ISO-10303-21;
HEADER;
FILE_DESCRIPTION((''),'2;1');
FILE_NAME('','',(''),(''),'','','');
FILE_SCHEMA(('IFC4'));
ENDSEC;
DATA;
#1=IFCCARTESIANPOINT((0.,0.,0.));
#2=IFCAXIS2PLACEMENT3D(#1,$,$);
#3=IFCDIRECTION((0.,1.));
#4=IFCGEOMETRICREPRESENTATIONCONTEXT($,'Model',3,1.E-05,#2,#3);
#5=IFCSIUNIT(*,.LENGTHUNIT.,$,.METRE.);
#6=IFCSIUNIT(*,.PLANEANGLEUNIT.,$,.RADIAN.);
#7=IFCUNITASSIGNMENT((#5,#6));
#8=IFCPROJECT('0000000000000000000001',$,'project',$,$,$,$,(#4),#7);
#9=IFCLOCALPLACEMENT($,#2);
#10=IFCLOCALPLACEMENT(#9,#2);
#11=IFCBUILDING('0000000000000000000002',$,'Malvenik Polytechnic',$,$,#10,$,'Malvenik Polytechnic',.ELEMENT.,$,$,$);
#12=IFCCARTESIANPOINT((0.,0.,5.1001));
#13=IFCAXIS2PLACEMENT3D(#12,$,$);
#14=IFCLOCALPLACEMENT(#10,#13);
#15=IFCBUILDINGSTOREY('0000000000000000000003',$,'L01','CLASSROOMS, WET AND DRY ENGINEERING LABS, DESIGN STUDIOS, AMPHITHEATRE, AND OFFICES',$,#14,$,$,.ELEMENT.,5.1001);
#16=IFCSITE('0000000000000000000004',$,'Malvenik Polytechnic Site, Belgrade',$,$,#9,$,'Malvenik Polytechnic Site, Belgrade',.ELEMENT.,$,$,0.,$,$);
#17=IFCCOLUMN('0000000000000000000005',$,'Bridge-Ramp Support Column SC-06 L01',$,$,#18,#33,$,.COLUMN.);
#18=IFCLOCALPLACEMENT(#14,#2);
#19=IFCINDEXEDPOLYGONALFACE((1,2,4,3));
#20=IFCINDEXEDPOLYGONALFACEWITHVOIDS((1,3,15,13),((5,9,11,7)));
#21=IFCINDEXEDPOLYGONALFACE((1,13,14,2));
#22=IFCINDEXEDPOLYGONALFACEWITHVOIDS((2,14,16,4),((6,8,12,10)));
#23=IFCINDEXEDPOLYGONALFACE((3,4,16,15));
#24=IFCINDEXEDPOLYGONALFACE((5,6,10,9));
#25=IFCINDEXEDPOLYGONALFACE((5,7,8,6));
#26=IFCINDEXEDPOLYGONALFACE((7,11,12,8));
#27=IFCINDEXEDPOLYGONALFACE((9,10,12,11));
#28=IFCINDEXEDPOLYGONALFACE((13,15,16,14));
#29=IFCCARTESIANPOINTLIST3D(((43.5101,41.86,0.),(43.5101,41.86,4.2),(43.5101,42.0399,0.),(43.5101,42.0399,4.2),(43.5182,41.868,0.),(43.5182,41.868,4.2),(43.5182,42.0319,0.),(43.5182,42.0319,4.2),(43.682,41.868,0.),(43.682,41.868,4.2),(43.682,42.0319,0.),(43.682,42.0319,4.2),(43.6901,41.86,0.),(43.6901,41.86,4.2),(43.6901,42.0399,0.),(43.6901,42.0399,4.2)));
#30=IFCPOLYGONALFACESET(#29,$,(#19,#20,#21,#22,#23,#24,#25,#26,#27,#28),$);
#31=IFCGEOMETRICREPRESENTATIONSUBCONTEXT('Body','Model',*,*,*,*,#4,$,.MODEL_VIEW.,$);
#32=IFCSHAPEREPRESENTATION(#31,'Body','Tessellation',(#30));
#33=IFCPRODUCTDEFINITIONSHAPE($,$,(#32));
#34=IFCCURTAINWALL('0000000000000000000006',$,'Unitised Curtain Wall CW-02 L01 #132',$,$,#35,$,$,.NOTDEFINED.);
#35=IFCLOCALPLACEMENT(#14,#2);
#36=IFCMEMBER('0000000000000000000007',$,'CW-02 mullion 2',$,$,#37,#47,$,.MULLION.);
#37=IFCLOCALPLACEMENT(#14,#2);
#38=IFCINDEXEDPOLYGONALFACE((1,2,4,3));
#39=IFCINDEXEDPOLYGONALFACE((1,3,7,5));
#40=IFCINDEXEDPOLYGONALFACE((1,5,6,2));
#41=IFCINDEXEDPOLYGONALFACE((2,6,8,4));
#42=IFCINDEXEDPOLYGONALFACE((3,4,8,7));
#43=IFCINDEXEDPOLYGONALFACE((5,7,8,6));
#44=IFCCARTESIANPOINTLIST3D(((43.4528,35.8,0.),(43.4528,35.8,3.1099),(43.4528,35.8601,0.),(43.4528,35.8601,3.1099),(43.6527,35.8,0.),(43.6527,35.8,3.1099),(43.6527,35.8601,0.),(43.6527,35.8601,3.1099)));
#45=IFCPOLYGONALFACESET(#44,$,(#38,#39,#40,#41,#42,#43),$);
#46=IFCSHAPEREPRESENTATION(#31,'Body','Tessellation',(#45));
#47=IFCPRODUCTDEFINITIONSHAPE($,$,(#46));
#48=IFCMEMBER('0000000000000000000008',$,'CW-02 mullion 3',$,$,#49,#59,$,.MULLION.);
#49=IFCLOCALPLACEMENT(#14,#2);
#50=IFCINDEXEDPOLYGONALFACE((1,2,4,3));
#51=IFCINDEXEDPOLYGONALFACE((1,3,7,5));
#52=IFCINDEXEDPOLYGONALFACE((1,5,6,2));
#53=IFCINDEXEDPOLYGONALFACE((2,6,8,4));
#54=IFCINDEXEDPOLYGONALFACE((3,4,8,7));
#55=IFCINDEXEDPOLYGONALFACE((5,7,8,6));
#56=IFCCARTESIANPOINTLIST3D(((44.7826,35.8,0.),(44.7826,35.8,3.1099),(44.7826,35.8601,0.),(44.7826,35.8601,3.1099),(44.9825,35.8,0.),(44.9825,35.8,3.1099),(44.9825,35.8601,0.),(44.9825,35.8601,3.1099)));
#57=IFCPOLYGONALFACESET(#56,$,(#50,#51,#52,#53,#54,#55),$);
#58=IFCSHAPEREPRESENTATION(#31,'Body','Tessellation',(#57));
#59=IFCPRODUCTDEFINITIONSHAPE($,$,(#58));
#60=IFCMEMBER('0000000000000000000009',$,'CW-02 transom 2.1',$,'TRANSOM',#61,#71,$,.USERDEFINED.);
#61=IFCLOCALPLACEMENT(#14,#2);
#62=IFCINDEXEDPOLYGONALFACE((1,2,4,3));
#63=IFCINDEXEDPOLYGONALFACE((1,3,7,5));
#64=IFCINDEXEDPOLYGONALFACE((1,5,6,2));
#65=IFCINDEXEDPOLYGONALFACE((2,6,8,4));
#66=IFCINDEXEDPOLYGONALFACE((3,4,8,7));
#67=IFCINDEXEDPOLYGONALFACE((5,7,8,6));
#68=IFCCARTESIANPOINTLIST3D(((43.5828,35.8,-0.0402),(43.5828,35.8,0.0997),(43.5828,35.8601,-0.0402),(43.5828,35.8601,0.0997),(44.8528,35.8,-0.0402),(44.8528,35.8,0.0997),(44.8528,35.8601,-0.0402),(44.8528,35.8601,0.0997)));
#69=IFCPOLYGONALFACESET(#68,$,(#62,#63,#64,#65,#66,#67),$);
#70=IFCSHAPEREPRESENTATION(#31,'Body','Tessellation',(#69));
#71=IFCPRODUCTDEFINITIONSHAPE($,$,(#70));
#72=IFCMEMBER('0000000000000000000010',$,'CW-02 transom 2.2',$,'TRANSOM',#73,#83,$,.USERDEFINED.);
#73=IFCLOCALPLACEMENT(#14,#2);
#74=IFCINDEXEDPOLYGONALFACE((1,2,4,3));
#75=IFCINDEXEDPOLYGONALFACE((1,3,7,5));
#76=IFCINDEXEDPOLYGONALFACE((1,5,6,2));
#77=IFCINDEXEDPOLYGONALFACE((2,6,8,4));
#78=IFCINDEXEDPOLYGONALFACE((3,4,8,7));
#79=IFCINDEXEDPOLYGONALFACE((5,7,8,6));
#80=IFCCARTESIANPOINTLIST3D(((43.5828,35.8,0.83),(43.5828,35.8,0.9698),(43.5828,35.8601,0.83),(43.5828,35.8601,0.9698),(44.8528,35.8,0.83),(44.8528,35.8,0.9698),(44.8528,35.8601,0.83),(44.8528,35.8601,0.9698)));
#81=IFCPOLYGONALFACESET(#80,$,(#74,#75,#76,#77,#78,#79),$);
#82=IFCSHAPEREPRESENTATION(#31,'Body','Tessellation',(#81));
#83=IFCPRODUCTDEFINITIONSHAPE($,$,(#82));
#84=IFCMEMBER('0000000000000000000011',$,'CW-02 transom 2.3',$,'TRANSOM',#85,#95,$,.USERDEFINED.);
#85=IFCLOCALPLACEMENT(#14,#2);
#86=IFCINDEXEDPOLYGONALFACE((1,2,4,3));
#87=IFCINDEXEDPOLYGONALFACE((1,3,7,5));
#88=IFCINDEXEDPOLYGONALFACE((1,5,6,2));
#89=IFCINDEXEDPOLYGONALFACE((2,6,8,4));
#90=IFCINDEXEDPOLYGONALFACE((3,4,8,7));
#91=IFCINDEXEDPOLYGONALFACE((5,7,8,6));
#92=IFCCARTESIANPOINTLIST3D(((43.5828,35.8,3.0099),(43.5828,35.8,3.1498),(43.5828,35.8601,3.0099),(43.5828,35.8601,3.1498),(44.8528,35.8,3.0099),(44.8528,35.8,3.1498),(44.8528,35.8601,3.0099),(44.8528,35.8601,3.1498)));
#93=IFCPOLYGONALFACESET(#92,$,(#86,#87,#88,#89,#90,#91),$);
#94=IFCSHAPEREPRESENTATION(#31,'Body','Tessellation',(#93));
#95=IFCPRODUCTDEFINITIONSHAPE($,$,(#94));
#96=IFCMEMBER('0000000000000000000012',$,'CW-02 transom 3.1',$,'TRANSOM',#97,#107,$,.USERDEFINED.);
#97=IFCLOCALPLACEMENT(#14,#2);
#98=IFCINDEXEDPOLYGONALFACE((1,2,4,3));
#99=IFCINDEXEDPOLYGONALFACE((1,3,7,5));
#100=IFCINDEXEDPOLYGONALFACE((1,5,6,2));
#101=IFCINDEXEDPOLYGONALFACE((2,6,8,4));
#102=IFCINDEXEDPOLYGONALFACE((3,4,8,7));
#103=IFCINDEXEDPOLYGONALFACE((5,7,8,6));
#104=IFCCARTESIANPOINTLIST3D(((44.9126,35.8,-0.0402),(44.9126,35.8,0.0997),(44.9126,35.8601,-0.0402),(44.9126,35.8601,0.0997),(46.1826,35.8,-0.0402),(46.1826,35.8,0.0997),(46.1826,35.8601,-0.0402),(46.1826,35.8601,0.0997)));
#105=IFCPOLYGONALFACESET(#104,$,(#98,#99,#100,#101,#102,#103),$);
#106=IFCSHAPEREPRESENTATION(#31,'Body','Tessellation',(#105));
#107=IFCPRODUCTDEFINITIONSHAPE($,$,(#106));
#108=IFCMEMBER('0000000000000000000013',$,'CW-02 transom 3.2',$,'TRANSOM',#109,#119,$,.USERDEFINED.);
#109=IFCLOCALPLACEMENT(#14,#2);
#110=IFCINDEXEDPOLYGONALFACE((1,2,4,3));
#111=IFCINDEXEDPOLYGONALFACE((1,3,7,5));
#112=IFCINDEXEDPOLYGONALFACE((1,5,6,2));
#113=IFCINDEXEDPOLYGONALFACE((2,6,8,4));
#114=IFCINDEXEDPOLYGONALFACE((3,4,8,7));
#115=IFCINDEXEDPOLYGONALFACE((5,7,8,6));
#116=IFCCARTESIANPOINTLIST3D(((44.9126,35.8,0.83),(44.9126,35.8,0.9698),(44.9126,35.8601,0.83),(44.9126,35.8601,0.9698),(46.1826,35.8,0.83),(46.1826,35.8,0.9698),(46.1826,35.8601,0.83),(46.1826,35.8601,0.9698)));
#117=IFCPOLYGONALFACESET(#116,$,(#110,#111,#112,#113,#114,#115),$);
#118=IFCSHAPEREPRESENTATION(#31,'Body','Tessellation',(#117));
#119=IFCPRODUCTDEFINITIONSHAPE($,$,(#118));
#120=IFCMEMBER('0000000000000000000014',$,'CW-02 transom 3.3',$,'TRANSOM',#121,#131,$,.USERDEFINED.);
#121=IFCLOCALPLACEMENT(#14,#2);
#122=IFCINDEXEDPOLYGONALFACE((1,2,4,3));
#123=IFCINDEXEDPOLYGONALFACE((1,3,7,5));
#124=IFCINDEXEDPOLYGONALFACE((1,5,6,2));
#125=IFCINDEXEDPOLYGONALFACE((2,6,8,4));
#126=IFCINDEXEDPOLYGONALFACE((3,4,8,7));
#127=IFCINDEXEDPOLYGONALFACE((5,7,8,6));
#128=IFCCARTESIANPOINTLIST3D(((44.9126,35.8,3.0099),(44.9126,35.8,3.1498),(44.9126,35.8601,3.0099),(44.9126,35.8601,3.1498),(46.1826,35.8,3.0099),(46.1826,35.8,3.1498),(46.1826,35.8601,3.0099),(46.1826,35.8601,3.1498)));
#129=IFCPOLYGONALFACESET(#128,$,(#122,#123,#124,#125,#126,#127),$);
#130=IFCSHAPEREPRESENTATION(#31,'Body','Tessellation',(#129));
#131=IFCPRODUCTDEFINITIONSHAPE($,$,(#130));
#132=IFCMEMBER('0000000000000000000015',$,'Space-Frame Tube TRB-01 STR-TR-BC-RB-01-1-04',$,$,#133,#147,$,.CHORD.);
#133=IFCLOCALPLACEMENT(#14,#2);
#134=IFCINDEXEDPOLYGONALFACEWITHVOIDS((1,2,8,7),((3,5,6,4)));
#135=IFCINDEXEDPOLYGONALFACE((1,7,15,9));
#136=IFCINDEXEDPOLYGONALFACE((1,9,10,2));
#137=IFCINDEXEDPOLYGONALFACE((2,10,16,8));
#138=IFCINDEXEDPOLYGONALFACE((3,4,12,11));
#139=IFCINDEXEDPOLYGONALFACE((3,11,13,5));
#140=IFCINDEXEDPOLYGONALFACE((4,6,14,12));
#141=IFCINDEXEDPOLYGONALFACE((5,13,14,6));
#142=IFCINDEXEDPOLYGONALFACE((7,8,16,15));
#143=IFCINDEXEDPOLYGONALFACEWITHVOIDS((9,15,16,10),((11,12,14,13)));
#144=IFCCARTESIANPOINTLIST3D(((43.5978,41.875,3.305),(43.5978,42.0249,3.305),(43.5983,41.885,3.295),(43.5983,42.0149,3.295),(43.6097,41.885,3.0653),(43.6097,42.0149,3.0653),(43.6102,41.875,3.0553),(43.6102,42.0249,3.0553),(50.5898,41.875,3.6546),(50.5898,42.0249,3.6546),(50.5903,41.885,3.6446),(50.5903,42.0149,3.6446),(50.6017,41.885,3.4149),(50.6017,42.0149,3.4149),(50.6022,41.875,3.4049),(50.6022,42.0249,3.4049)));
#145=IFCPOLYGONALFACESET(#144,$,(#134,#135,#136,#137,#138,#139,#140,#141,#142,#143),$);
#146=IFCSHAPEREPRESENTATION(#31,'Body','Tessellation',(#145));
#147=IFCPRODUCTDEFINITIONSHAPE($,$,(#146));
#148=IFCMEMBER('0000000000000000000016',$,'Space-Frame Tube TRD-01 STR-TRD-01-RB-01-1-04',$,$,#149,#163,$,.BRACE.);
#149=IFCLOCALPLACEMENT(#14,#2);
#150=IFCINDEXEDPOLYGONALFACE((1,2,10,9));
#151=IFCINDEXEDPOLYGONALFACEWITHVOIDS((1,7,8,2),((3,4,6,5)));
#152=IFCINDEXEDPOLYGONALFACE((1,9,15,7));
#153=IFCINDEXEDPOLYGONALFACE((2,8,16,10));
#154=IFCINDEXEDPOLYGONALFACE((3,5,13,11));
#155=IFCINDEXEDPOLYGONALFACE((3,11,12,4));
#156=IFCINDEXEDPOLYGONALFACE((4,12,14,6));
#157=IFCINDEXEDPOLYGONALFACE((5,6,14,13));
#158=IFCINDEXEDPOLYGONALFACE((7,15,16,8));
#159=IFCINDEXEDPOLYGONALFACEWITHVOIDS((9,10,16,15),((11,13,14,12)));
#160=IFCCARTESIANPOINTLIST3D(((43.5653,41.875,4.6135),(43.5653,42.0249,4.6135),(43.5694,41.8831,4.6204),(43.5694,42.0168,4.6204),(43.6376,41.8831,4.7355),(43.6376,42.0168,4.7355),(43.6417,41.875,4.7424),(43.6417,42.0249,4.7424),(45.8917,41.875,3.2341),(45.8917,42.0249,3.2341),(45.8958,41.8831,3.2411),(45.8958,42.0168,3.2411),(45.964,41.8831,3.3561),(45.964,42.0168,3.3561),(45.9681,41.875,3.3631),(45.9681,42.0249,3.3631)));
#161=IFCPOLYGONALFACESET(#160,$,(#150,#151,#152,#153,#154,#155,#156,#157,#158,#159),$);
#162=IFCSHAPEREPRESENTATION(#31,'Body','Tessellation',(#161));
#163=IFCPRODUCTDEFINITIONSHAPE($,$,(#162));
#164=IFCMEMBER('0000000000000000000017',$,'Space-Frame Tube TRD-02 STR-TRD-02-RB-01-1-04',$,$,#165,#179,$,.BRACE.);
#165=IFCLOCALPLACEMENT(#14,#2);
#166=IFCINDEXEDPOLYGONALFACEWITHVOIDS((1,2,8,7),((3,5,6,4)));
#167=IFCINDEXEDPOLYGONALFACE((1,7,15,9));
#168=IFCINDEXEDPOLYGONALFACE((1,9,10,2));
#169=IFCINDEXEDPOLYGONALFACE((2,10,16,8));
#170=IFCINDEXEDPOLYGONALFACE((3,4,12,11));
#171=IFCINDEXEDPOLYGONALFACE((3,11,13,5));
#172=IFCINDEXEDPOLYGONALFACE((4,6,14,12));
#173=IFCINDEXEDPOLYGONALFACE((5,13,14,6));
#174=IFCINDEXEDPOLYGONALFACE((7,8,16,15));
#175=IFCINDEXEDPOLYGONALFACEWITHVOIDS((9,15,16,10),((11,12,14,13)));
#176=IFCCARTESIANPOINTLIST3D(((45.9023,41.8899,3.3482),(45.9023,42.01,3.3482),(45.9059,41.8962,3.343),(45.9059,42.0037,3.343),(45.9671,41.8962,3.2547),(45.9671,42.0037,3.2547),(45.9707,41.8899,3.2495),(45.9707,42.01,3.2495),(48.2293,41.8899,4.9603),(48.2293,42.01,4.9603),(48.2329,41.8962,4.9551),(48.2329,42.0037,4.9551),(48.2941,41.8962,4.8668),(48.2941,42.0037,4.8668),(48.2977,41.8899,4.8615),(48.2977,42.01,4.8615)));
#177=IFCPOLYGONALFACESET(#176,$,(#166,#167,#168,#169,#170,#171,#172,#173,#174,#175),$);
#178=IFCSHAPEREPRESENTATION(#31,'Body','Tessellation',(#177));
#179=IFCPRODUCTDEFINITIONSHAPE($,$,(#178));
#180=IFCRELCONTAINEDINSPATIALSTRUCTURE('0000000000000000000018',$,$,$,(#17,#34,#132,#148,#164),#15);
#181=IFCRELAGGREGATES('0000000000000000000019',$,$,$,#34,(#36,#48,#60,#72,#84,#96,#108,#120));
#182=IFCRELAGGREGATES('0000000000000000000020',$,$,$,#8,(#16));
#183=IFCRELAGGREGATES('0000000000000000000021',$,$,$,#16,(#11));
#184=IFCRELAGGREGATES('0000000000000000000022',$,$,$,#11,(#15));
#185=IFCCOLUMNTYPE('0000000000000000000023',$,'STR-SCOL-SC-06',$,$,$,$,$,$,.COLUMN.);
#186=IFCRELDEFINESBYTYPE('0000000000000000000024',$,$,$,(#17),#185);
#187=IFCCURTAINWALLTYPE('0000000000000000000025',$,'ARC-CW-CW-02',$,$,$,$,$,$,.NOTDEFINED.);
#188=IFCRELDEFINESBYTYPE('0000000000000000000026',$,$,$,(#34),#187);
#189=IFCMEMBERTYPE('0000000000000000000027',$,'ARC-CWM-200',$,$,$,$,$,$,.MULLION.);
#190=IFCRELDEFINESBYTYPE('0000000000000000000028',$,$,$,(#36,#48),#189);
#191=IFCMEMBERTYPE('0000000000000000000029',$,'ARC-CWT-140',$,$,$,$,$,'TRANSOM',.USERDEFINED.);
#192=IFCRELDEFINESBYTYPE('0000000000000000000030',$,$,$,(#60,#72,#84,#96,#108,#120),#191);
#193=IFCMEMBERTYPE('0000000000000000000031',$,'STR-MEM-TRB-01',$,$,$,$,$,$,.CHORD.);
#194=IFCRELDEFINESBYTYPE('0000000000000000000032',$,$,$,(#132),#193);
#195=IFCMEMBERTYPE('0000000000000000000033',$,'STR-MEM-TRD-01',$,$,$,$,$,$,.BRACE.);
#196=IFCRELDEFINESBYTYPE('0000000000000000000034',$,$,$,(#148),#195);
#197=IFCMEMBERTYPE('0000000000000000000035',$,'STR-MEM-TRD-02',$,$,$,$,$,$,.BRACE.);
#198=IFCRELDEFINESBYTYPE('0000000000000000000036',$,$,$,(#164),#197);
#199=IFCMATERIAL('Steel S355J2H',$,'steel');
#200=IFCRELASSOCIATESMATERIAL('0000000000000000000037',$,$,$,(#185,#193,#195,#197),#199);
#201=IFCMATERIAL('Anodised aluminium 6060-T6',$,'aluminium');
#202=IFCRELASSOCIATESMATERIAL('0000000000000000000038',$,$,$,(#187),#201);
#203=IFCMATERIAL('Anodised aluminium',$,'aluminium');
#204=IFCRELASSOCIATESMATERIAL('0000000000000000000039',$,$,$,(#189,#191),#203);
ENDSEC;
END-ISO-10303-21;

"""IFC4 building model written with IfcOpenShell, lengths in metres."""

from ifc_helpers import new_model, si_unit, direction, frame, origin, origin_2d, place, context, subcontext, project, spatial, rectangle, hollow_rectangle, extrude, material, material_profile, profile_set, type_object, element, aggregate, save


model = new_model("IFC4")

# Units and contexts
model_context = context("Model", 3, precision=1e-05, world=origin(), true_north=direction((0.0, 1.0)))
body_context = subcontext(model_context, "Body", "Model", "MODEL_VIEW")
ifc_project = project(units=[si_unit("LENGTHUNIT", "METRE"), si_unit("PLANEANGLEUNIT", "RADIAN")], contexts=[model_context])

# Site, building, storey
site_placement = place(None, origin())
site = spatial("IfcSite", under=ifc_project, at=site_placement, Name="Malvenik Polytechnic Site, Belgrade", LongName="Malvenik Polytechnic Site, Belgrade", CompositionType="ELEMENT", RefElevation=0.0)
building_placement = place(site_placement, origin())
building = spatial("IfcBuilding", under=site, at=building_placement, Name="Malvenik Polytechnic", LongName="Malvenik Polytechnic", CompositionType="ELEMENT")
storey_placement = place(building_placement, frame((0.0, 0.0, 5.1001)))
storey = spatial("IfcBuildingStorey", under=building, at=storey_placement, Name="L01", Description="CLASSROOMS, WET AND DRY ENGINEERING LABS, DESIGN STUDIOS, AMPHITHEATRE, AND OFFICES", CompositionType="ELEMENT", Elevation=5.1001)

# Column
ifc_material_1 = material(Name="Steel S355J2H", Category="steel")
ifc_material_profile_1 = material_profile(ifc_material_1, hollow_rectangle(XDim=0.1799, YDim=0.1799, WallThickness=0.0081, at=origin_2d()), Name="SHS 180x180x8.0")
ifc_profile_set_1 = profile_set([ifc_material_profile_1], Name="Steel S355J2H")
column_type = type_object("IfcColumnType", Name="STR-SCOL-SC-06", PredefinedType="COLUMN", material=ifc_profile_set_1)
column_placement = place(storey_placement, frame((43.6001, 41.95, 0.0), z_axis=(0.0, 0.0, 1.0), x_axis=(1.0, 0.0, 0.0)))
element("IfcColumn", 1, at=column_placement, inside=storey, type_object=column_type, Name="Bridge-Ramp Support Column SC-06 L01", PredefinedType="COLUMN", context=body_context, shape_type="SweptSolid", body=[
    extrude(hollow_rectangle(XDim=0.1799, YDim=0.1799, WallThickness=0.0081, at=origin_2d()), origin(), (0.0, 0.0, 1.0), 4.2),
])

# Curtain wall, members
ifc_material_2 = material(Name="Anodised aluminium 6060-T6", Category="aluminium")
curtain_wall_type = type_object("IfcCurtainWallType", Name="ARC-CW-CW-02", PredefinedType="NOTDEFINED", material=ifc_material_2)
curtain_wall_placement = place(storey_placement, origin())
curtain_wall = element("IfcCurtainWall", 2, at=curtain_wall_placement, inside=storey, type_object=curtain_wall_type, Name="Unitised Curtain Wall CW-02 L01 #132", PredefinedType="NOTDEFINED")
ifc_material_3 = material(Name="Anodised aluminium", Category="aluminium")
ifc_material_profile_2 = material_profile(ifc_material_3, rectangle(XDim=0.0601, YDim=0.2, at=origin_2d()), Name="ALU MULLION 60x200")
ifc_profile_set_2 = profile_set([ifc_material_profile_2], Name="Anodised aluminium")
member_type_1 = type_object("IfcMemberType", Name="ARC-CWM-200", PredefinedType="MULLION", material=ifc_profile_set_2)
member_1_placement = place(storey_placement, frame((43.5527, 35.8301, 0.0), z_axis=(0.0, 0.0, 1.0), x_axis=(0.0, 1.0, 0.0)))
member_1 = element("IfcMember", 3, at=member_1_placement, type_object=member_type_1, Name="CW-02 mullion 2", PredefinedType="MULLION", context=body_context, shape_type="SweptSolid", body=[
    extrude(rectangle(XDim=0.0601, YDim=0.2, at=origin_2d()), origin(), (0.0, 0.0, 1.0), 3.1099),
])
member_2_placement = place(storey_placement, frame((44.8826, 35.8301, 0.0), z_axis=(0.0, 0.0, 1.0), x_axis=(0.0, 1.0, 0.0)))
member_2 = element("IfcMember", 4, at=member_2_placement, type_object=member_type_1, Name="CW-02 mullion 3", PredefinedType="MULLION", context=body_context, shape_type="SweptSolid", body=[
    extrude(rectangle(XDim=0.0601, YDim=0.2, at=origin_2d()), origin(), (0.0, 0.0, 1.0), 3.1099),
])
ifc_material_profile_3 = material_profile(ifc_material_3, rectangle(XDim=0.0601, YDim=0.1399, at=origin_2d()), Name="ALU TRANSOM 60x140")
ifc_profile_set_3 = profile_set([ifc_material_profile_3], Name="Anodised aluminium")
member_type_2 = type_object("IfcMemberType", Name="ARC-CWT-140", ElementType="TRANSOM", PredefinedType="USERDEFINED", material=ifc_profile_set_3)
member_3_placement = place(storey_placement, frame((43.5828, 35.8301, 0.0298), z_axis=(1.0, 0.0, 0.0), x_axis=(0.0, 1.0, 0.0)))
member_3 = element("IfcMember", 5, at=member_3_placement, type_object=member_type_2, Name="CW-02 transom 2.1", ObjectType="TRANSOM", PredefinedType="USERDEFINED", context=body_context, shape_type="SweptSolid", body=[
    extrude(rectangle(XDim=0.0601, YDim=0.1399, at=origin_2d()), origin(), (0.0, 0.0, 1.0), 1.27),
])
member_4_placement = place(storey_placement, frame((43.5828, 35.8301, 0.8999), z_axis=(1.0, 0.0, 0.0), x_axis=(0.0, 1.0, 0.0)))
member_4 = element("IfcMember", 6, at=member_4_placement, type_object=member_type_2, Name="CW-02 transom 2.2", ObjectType="TRANSOM", PredefinedType="USERDEFINED", context=body_context, shape_type="SweptSolid", body=[
    extrude(rectangle(XDim=0.0601, YDim=0.1399, at=origin_2d()), origin(), (0.0, 0.0, 1.0), 1.27),
])
member_5_placement = place(storey_placement, frame((43.5828, 35.8301, 3.0798), z_axis=(1.0, 0.0, 0.0), x_axis=(0.0, 1.0, 0.0)))
member_5 = element("IfcMember", 7, at=member_5_placement, type_object=member_type_2, Name="CW-02 transom 2.3", ObjectType="TRANSOM", PredefinedType="USERDEFINED", context=body_context, shape_type="SweptSolid", body=[
    extrude(rectangle(XDim=0.0601, YDim=0.1399, at=origin_2d()), origin(), (0.0, 0.0, 1.0), 1.27),
])
member_6_placement = place(storey_placement, frame((44.9126, 35.8301, 0.0298), z_axis=(1.0, 0.0, 0.0), x_axis=(0.0, 1.0, 0.0)))
member_6 = element("IfcMember", 8, at=member_6_placement, type_object=member_type_2, Name="CW-02 transom 3.1", ObjectType="TRANSOM", PredefinedType="USERDEFINED", context=body_context, shape_type="SweptSolid", body=[
    extrude(rectangle(XDim=0.0601, YDim=0.1399, at=origin_2d()), origin(), (0.0, 0.0, 1.0), 1.27),
])
member_7_placement = place(storey_placement, frame((44.9126, 35.8301, 0.8999), z_axis=(1.0, 0.0, 0.0), x_axis=(0.0, 1.0, 0.0)))
member_7 = element("IfcMember", 9, at=member_7_placement, type_object=member_type_2, Name="CW-02 transom 3.2", ObjectType="TRANSOM", PredefinedType="USERDEFINED", context=body_context, shape_type="SweptSolid", body=[
    extrude(rectangle(XDim=0.0601, YDim=0.1399, at=origin_2d()), origin(), (0.0, 0.0, 1.0), 1.27),
])
member_8_placement = place(storey_placement, frame((44.9126, 35.8301, 3.0798), z_axis=(1.0, 0.0, 0.0), x_axis=(0.0, 1.0, 0.0)))
member_8 = element("IfcMember", 10, at=member_8_placement, type_object=member_type_2, Name="CW-02 transom 3.3", ObjectType="TRANSOM", PredefinedType="USERDEFINED", context=body_context, shape_type="SweptSolid", body=[
    extrude(rectangle(XDim=0.0601, YDim=0.1399, at=origin_2d()), origin(), (0.0, 0.0, 1.0), 1.27),
])

# Members
ifc_material_profile_4 = material_profile(ifc_material_1, hollow_rectangle(XDim=0.1499, YDim=0.25, WallThickness=0.01, at=origin_2d()), Name="RHS 250x150x10.0")
ifc_profile_set_4 = profile_set([ifc_material_profile_4], Name="Steel S355J2H")
member_type_3 = type_object("IfcMemberType", Name="STR-MEM-TRB-01", PredefinedType="CHORD", material=ifc_profile_set_4)
member_9_placement = place(storey_placement, frame((43.604, 41.95, 3.1802), z_axis=(0.998752, 0.0, 0.049939), x_axis=(0.0, 1.0, 0.0)))
element("IfcMember", 11, at=member_9_placement, inside=storey, type_object=member_type_3, Name="Space-Frame Tube TRB-01 STR-TR-BC-RB-01-1-04", PredefinedType="CHORD", context=body_context, shape_type="SweptSolid", body=[
    extrude(hollow_rectangle(XDim=0.1499, YDim=0.25, WallThickness=0.01, at=origin_2d()), origin(), (0.0, 0.0, 1.0), 7.0007),
])
ifc_material_profile_5 = material_profile(ifc_material_1, hollow_rectangle(XDim=0.1499, YDim=0.1499, WallThickness=0.0081, at=origin_2d()), Name="SHS 150x150x8.0")
ifc_profile_set_5 = profile_set([ifc_material_profile_5], Name="Steel S355J2H")
member_type_4 = type_object("IfcMemberType", Name="STR-MEM-TRD-01", PredefinedType="BRACE", material=ifc_profile_set_5)
member_10_placement = place(storey_placement, frame((43.6035, 41.95, 4.678), z_axis=(0.860165, 0.0, -0.510015), x_axis=(0.0, 1.0, 0.0)))
element("IfcMember", 12, at=member_10_placement, inside=storey, type_object=member_type_4, Name="Space-Frame Tube TRD-01 STR-TRD-01-RB-01-1-04", PredefinedType="BRACE", context=body_context, shape_type="SweptSolid", body=[
    extrude(hollow_rectangle(XDim=0.1499, YDim=0.1499, WallThickness=0.0081, at=origin_2d()), origin(), (0.0, 0.0, 1.0), 2.7046),
])
ifc_material_profile_6 = material_profile(ifc_material_1, hollow_rectangle(XDim=0.1201, YDim=0.1201, WallThickness=0.0063, at=origin_2d()), Name="SHS 120x120x6.3")
ifc_profile_set_6 = profile_set([ifc_material_profile_6], Name="Steel S355J2H")
member_type_5 = type_object("IfcMemberType", Name="STR-MEM-TRD-02", PredefinedType="BRACE", material=ifc_profile_set_6)
member_11_placement = place(storey_placement, frame((45.9365, 41.95, 3.2988), z_axis=(0.822006, 0.0, 0.569479), x_axis=(0.0, 1.0, 0.0)))
element("IfcMember", 13, at=member_11_placement, inside=storey, type_object=member_type_5, Name="Space-Frame Tube TRD-02 STR-TRD-02-RB-01-1-04", PredefinedType="BRACE", context=body_context, shape_type="SweptSolid", body=[
    extrude(hollow_rectangle(XDim=0.1201, YDim=0.1201, WallThickness=0.0063, at=origin_2d()), origin(), (0.0, 0.0, 1.0), 2.8308),
])

aggregate(curtain_wall, [member_1, member_2, member_3, member_4, member_5, member_6, member_7, member_8])

save(model, "model.ifc")
